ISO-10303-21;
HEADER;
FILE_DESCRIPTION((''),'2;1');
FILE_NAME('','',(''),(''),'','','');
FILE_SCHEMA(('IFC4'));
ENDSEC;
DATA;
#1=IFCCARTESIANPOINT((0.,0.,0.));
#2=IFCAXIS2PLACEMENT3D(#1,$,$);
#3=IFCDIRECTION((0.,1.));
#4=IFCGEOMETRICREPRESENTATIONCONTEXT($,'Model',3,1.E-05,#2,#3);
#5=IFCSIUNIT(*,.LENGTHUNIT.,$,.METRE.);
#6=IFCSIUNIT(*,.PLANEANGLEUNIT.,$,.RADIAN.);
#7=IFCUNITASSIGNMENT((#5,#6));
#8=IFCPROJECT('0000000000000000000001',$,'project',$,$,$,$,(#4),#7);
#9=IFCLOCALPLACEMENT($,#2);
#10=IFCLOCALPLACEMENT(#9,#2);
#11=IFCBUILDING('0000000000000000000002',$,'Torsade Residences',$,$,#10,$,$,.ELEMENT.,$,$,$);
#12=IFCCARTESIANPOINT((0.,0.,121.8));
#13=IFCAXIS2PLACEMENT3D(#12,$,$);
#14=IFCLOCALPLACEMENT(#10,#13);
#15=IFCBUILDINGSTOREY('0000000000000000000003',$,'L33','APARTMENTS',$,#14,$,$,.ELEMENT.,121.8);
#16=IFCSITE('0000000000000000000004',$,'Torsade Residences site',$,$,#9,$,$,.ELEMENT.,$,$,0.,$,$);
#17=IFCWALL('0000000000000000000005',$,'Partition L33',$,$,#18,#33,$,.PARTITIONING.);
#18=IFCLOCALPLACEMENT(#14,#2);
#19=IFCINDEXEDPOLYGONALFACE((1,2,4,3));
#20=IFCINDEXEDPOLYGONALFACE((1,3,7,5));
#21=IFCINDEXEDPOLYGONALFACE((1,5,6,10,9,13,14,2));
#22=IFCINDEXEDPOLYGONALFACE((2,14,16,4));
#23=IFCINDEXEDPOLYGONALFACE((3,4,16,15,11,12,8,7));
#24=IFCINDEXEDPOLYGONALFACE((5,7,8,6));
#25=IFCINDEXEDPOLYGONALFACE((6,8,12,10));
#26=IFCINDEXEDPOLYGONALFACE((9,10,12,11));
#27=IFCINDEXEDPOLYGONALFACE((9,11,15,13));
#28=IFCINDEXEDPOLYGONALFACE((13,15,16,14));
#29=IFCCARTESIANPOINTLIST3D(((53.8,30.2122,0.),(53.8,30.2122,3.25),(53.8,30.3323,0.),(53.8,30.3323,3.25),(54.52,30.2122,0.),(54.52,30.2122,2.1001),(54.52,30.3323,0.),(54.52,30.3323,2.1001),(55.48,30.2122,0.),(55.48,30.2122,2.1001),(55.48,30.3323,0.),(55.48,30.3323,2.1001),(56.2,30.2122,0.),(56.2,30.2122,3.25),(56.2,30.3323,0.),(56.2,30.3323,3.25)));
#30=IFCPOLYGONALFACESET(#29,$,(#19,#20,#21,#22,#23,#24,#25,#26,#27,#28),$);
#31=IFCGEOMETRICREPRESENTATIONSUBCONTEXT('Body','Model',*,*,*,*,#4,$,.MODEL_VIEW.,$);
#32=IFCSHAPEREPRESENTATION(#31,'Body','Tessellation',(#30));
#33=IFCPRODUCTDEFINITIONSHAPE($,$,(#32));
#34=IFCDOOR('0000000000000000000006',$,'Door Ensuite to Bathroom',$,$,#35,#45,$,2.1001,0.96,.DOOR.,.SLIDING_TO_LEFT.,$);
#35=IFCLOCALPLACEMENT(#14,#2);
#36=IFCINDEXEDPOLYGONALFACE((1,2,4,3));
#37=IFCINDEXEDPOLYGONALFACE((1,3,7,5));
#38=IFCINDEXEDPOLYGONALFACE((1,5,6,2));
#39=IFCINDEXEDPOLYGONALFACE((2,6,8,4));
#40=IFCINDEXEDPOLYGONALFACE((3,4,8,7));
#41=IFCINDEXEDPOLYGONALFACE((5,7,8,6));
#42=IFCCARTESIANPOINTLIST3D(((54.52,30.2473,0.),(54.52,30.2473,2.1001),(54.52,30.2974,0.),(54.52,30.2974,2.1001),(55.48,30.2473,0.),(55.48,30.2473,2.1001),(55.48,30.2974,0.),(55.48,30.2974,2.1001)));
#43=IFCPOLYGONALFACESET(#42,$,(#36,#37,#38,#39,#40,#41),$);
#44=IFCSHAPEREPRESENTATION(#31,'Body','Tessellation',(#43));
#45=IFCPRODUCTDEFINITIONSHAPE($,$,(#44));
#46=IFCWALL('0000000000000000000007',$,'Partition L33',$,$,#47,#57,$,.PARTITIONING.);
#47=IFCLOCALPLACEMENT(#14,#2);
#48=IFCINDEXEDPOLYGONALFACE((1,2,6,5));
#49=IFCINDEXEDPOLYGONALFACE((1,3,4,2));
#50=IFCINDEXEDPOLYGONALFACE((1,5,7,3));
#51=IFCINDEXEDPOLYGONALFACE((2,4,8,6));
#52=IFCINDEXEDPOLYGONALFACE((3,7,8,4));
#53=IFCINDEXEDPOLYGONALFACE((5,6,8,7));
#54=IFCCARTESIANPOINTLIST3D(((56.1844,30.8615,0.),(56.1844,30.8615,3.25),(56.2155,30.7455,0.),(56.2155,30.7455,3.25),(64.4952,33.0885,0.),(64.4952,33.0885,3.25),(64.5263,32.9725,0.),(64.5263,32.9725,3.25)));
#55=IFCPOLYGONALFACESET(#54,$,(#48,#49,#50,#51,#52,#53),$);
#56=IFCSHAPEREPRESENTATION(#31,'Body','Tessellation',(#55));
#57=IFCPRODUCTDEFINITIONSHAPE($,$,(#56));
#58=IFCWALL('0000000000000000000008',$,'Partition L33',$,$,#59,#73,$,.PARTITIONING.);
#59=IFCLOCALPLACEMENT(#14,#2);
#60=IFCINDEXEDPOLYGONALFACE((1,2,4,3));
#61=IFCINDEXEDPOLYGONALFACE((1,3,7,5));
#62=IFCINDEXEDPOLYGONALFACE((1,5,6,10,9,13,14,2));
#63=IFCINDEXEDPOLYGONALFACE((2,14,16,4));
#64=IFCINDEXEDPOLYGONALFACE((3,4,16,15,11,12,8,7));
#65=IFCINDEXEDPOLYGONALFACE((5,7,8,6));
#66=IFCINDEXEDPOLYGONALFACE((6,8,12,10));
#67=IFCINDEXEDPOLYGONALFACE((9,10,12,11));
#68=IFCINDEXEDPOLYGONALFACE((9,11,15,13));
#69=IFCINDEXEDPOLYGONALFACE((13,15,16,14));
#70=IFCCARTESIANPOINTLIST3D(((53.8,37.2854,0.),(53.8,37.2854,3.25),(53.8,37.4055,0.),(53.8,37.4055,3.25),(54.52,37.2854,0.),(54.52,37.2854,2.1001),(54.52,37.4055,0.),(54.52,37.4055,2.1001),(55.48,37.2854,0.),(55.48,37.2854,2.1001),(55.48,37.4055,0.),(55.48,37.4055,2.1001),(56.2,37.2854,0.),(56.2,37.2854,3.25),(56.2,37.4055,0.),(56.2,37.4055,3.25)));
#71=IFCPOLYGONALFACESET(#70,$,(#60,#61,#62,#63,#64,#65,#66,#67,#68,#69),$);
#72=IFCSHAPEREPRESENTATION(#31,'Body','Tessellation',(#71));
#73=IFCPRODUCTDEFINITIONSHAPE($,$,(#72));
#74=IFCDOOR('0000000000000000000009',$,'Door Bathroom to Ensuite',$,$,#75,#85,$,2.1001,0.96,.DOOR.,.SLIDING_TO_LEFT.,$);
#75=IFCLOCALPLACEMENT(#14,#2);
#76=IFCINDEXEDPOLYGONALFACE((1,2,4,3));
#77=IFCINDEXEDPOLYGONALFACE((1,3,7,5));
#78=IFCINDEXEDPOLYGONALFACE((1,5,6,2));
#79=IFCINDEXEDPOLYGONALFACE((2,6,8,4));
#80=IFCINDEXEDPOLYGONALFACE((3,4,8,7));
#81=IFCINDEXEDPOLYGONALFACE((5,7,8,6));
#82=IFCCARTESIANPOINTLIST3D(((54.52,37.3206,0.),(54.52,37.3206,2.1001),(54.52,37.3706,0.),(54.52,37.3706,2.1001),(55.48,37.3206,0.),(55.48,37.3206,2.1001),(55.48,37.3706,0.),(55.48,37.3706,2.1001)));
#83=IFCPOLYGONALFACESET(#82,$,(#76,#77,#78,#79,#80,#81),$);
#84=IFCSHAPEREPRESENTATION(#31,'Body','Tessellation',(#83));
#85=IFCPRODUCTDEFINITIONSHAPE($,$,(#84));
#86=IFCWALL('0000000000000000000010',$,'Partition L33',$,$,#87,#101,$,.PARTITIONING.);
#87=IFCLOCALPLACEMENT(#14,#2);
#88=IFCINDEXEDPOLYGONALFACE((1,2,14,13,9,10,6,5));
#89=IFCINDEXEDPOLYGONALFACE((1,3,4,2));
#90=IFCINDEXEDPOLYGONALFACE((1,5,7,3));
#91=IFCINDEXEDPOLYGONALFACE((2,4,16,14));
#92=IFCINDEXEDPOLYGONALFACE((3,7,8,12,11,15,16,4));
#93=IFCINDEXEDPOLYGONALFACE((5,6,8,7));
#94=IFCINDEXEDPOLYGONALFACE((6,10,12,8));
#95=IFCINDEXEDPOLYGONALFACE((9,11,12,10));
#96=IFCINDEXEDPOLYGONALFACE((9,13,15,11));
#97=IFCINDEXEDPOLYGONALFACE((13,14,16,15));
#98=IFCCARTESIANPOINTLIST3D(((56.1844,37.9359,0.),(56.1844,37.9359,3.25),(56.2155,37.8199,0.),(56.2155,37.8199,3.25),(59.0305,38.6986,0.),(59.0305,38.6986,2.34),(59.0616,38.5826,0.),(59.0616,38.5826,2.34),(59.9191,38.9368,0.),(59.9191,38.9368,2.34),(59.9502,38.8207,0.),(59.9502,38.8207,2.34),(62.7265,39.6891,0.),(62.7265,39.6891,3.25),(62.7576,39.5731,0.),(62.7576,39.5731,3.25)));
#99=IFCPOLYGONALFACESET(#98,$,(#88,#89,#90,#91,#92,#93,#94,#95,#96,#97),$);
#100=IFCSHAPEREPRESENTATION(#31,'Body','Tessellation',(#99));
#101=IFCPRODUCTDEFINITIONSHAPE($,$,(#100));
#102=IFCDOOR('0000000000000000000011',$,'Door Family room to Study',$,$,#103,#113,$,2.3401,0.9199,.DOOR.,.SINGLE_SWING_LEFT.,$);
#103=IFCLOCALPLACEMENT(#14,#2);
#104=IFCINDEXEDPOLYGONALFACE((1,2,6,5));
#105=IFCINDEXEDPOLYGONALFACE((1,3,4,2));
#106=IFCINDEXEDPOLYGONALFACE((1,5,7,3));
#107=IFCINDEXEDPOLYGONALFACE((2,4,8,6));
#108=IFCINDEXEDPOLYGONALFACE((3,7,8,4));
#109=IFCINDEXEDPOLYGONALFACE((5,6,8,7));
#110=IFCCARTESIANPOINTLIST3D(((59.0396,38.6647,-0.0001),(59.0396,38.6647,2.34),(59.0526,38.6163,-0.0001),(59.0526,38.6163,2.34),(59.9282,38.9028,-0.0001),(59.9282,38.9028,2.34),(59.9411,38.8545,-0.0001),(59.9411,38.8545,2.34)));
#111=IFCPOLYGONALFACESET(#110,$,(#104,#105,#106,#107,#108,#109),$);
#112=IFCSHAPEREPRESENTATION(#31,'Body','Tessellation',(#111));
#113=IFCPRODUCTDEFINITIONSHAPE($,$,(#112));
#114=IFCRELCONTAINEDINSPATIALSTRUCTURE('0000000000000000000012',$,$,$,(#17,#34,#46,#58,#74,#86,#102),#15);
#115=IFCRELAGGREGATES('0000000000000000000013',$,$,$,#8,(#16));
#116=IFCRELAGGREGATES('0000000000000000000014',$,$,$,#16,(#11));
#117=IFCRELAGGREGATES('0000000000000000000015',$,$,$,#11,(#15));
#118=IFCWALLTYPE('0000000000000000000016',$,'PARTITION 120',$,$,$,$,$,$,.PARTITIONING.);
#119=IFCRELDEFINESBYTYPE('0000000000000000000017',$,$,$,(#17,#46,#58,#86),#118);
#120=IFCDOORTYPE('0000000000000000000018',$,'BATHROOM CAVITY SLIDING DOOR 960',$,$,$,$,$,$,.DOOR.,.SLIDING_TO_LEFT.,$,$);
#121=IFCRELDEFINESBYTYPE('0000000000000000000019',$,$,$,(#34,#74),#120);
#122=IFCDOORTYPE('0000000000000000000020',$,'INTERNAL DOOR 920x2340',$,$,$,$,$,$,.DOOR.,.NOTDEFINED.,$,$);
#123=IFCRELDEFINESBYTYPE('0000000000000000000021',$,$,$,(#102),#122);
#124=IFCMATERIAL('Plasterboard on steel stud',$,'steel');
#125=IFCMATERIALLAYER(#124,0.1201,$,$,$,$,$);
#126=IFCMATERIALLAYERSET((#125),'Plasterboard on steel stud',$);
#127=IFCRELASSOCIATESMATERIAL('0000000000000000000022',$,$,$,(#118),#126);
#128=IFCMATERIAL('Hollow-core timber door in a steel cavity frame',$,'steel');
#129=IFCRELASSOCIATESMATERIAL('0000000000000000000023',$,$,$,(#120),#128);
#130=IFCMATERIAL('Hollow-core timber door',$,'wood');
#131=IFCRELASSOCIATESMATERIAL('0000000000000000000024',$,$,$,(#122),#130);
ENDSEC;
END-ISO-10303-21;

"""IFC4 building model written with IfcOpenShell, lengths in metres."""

from ifc_helpers import new_model, si_unit, direction, frame, frame_2d, origin, place, context, subcontext, project, spatial, rectangle, extrude, material, layer, layer_set, type_object, element, fill, save


model = new_model("IFC4")

# Units and contexts
model_context = context("Model", 3, precision=1e-05, world=origin(), true_north=direction((0.0, 1.0)))
body_context = subcontext(model_context, "Body", "Model", "MODEL_VIEW")
ifc_project = project(units=[si_unit("LENGTHUNIT", "METRE"), si_unit("PLANEANGLEUNIT", "RADIAN")], contexts=[model_context])

# Site, building, storey
site_placement = place(None, origin())
site = spatial("IfcSite", under=ifc_project, at=site_placement, Name="Torsade Residences site", CompositionType="ELEMENT", RefElevation=0.0)
building_placement = place(site_placement, origin())
building = spatial("IfcBuilding", under=site, at=building_placement, Name="Torsade Residences", CompositionType="ELEMENT")
storey_placement = place(building_placement, frame((0.0, 0.0, 121.8)))
storey = spatial("IfcBuildingStorey", under=building, at=storey_placement, Name="L33", Description="APARTMENTS", CompositionType="ELEMENT", Elevation=121.8)

# Wall, opening, door
ifc_material_1 = material(Name="Plasterboard on steel stud", Category="steel")
ifc_layer_1 = layer(ifc_material_1, 0.1201)
ifc_layer_set_1 = layer_set([ifc_layer_1], Name="Plasterboard on steel stud")
wall_type_1 = type_object("IfcWallType", Name="PARTITION 120", PredefinedType="PARTITIONING", material=ifc_layer_set_1)
ifc_material_2 = material(Name="Hollow-core timber door in a steel cavity frame", Category="steel")
door_type_1 = type_object("IfcDoorType", Name="BATHROOM CAVITY SLIDING DOOR 960", OperationType="SLIDING_TO_LEFT", PredefinedType="DOOR", material=ifc_material_2)
wall_1_placement = place(storey_placement, frame((56.2, 30.2722, 0.0), z_axis=(0.0, 0.0, 1.0), x_axis=(-1.0, 0.0, 0.0)))
wall_1 = element("IfcWall", 1, at=wall_1_placement, inside=storey, type_object=wall_type_1, Name="Partition L33", PredefinedType="PARTITIONING", context=body_context, shape_type="SweptSolid", body=[
    extrude(rectangle(XDim=2.3999, YDim=0.1201, at=frame_2d((1.2, 0.0))), origin(), (0.0, 0.0, 1.0), 3.25),
])
opening_1_placement = place(wall_1_placement, frame((0.72, 0.0, 0.0)))
opening_1 = element("IfcOpeningElement", 2, at=opening_1_placement, cuts=wall_1, PredefinedType="OPENING", context=body_context, shape_type="SweptSolid", body=[
    extrude(rectangle(XDim=0.96, YDim=2.1001, at=frame_2d((0.48, 1.05))), frame((0.0, 0.0701, 0.0), z_axis=(0.0, -1.0, 0.0), x_axis=(1.0, 0.0, 0.0)), (0.0, 0.0, 1.0), 0.1401),
])
door_1_placement = place(opening_1_placement, origin())
door_1 = element("IfcDoor", 3, at=door_1_placement, inside=storey, type_object=door_type_1, Name="Door Ensuite to Bathroom", OperationType="SLIDING_TO_LEFT", OverallHeight=2.1001, OverallWidth=0.96, PredefinedType="DOOR", context=body_context, shape_type="SweptSolid", body=[
    extrude(rectangle(XDim=0.96, YDim=2.1001, at=frame_2d((0.48, 1.05))), frame((0.0, 0.0249, 0.0), z_axis=(0.0, -1.0, 0.0), x_axis=(1.0, 0.0, 0.0)), (0.0, 0.0, 1.0), 0.05),
])
fill(opening_1, door_1)

# Wall
wall_2_placement = place(storey_placement, frame((56.2, 30.8035, 0.0), z_axis=(0.0, 0.0, 1.0), x_axis=(0.965921, 0.258839, 0.0)))
element("IfcWall", 4, at=wall_2_placement, inside=storey, type_object=wall_type_1, Name="Partition L33", PredefinedType="PARTITIONING", context=body_context, shape_type="SweptSolid", body=[
    extrude(rectangle(XDim=8.604, YDim=0.1201, at=frame_2d((4.302, 0.0))), origin(), (0.0, 0.0, 1.0), 3.25),
])

# Walls, openings, doors
wall_3_placement = place(storey_placement, frame((56.2, 37.3455, 0.0), z_axis=(0.0, 0.0, 1.0), x_axis=(-1.0, 0.0, 0.0)))
wall_3 = element("IfcWall", 5, at=wall_3_placement, inside=storey, type_object=wall_type_1, Name="Partition L33", PredefinedType="PARTITIONING", context=body_context, shape_type="SweptSolid", body=[
    extrude(rectangle(XDim=2.3999, YDim=0.1201, at=frame_2d((1.2, 0.0))), origin(), (0.0, 0.0, 1.0), 3.25),
])
opening_2_placement = place(wall_3_placement, frame((0.72, 0.0, 0.0)))
opening_2 = element("IfcOpeningElement", 6, at=opening_2_placement, cuts=wall_3, PredefinedType="OPENING", context=body_context, shape_type="SweptSolid", body=[
    extrude(rectangle(XDim=0.96, YDim=2.1001, at=frame_2d((0.48, 1.05))), frame((0.0, 0.0701, 0.0), z_axis=(0.0, -1.0, 0.0), x_axis=(1.0, 0.0, 0.0)), (0.0, 0.0, 1.0), 0.1401),
])
door_2_placement = place(opening_2_placement, origin())
door_2 = element("IfcDoor", 7, at=door_2_placement, inside=storey, type_object=door_type_1, Name="Door Bathroom to Ensuite", OperationType="SLIDING_TO_LEFT", OverallHeight=2.1001, OverallWidth=0.96, PredefinedType="DOOR", context=body_context, shape_type="SweptSolid", body=[
    extrude(rectangle(XDim=0.96, YDim=2.1001, at=frame_2d((0.48, 1.05))), frame((0.0, 0.0249, 0.0), z_axis=(0.0, -1.0, 0.0), x_axis=(1.0, 0.0, 0.0)), (0.0, 0.0, 1.0), 0.05),
])
fill(opening_2, door_2)
wall_4_placement = place(storey_placement, frame((56.2, 37.8779, 0.0), z_axis=(0.0, 0.0, 1.0), x_axis=(0.965919, 0.258845, 0.0)))
wall_4 = element("IfcWall", 8, at=wall_4_placement, inside=storey, type_object=wall_type_1, Name="Partition L33", PredefinedType="PARTITIONING", context=body_context, shape_type="SweptSolid", body=[
    extrude(rectangle(XDim=6.7729, YDim=0.1201, at=frame_2d((3.3865, 0.0))), origin(), (0.0, 0.0, 1.0), 3.25),
])
opening_3_placement = place(wall_4_placement, frame((2.9465, 0.0, 0.0)))
opening_3 = element("IfcOpeningElement", 9, at=opening_3_placement, cuts=wall_4, PredefinedType="OPENING", context=body_context, shape_type="SweptSolid", body=[
    extrude(rectangle(XDim=0.9199, YDim=2.3401, at=frame_2d((0.46, 1.1699))), frame((0.0, 0.0701, 0.0), z_axis=(0.0, -1.0, 0.0), x_axis=(1.0, 0.0, 0.0)), (0.0, 0.0, 1.0), 0.1401),
])
ifc_material_3 = material(Name="Hollow-core timber door", Category="wood")
door_type_2 = type_object("IfcDoorType", Name="INTERNAL DOOR 920x2340", OperationType="NOTDEFINED", PredefinedType="DOOR", material=ifc_material_3)
door_3_placement = place(opening_3_placement, origin())
door_3 = element("IfcDoor", 10, at=door_3_placement, inside=storey, type_object=door_type_2, Name="Door Family room to Study", OperationType="SINGLE_SWING_LEFT", OverallHeight=2.3401, OverallWidth=0.9199, PredefinedType="DOOR", context=body_context, shape_type="SweptSolid", body=[
    extrude(rectangle(XDim=0.9199, YDim=2.3401, at=frame_2d((0.46, 1.1699))), frame((0.0, 0.0249, 0.0), z_axis=(0.0, -1.0, 0.0), x_axis=(1.0, 0.0, 0.0)), (0.0, 0.0, 1.0), 0.05),
])
fill(opening_3, door_3)

save(model, "model.ifc")
